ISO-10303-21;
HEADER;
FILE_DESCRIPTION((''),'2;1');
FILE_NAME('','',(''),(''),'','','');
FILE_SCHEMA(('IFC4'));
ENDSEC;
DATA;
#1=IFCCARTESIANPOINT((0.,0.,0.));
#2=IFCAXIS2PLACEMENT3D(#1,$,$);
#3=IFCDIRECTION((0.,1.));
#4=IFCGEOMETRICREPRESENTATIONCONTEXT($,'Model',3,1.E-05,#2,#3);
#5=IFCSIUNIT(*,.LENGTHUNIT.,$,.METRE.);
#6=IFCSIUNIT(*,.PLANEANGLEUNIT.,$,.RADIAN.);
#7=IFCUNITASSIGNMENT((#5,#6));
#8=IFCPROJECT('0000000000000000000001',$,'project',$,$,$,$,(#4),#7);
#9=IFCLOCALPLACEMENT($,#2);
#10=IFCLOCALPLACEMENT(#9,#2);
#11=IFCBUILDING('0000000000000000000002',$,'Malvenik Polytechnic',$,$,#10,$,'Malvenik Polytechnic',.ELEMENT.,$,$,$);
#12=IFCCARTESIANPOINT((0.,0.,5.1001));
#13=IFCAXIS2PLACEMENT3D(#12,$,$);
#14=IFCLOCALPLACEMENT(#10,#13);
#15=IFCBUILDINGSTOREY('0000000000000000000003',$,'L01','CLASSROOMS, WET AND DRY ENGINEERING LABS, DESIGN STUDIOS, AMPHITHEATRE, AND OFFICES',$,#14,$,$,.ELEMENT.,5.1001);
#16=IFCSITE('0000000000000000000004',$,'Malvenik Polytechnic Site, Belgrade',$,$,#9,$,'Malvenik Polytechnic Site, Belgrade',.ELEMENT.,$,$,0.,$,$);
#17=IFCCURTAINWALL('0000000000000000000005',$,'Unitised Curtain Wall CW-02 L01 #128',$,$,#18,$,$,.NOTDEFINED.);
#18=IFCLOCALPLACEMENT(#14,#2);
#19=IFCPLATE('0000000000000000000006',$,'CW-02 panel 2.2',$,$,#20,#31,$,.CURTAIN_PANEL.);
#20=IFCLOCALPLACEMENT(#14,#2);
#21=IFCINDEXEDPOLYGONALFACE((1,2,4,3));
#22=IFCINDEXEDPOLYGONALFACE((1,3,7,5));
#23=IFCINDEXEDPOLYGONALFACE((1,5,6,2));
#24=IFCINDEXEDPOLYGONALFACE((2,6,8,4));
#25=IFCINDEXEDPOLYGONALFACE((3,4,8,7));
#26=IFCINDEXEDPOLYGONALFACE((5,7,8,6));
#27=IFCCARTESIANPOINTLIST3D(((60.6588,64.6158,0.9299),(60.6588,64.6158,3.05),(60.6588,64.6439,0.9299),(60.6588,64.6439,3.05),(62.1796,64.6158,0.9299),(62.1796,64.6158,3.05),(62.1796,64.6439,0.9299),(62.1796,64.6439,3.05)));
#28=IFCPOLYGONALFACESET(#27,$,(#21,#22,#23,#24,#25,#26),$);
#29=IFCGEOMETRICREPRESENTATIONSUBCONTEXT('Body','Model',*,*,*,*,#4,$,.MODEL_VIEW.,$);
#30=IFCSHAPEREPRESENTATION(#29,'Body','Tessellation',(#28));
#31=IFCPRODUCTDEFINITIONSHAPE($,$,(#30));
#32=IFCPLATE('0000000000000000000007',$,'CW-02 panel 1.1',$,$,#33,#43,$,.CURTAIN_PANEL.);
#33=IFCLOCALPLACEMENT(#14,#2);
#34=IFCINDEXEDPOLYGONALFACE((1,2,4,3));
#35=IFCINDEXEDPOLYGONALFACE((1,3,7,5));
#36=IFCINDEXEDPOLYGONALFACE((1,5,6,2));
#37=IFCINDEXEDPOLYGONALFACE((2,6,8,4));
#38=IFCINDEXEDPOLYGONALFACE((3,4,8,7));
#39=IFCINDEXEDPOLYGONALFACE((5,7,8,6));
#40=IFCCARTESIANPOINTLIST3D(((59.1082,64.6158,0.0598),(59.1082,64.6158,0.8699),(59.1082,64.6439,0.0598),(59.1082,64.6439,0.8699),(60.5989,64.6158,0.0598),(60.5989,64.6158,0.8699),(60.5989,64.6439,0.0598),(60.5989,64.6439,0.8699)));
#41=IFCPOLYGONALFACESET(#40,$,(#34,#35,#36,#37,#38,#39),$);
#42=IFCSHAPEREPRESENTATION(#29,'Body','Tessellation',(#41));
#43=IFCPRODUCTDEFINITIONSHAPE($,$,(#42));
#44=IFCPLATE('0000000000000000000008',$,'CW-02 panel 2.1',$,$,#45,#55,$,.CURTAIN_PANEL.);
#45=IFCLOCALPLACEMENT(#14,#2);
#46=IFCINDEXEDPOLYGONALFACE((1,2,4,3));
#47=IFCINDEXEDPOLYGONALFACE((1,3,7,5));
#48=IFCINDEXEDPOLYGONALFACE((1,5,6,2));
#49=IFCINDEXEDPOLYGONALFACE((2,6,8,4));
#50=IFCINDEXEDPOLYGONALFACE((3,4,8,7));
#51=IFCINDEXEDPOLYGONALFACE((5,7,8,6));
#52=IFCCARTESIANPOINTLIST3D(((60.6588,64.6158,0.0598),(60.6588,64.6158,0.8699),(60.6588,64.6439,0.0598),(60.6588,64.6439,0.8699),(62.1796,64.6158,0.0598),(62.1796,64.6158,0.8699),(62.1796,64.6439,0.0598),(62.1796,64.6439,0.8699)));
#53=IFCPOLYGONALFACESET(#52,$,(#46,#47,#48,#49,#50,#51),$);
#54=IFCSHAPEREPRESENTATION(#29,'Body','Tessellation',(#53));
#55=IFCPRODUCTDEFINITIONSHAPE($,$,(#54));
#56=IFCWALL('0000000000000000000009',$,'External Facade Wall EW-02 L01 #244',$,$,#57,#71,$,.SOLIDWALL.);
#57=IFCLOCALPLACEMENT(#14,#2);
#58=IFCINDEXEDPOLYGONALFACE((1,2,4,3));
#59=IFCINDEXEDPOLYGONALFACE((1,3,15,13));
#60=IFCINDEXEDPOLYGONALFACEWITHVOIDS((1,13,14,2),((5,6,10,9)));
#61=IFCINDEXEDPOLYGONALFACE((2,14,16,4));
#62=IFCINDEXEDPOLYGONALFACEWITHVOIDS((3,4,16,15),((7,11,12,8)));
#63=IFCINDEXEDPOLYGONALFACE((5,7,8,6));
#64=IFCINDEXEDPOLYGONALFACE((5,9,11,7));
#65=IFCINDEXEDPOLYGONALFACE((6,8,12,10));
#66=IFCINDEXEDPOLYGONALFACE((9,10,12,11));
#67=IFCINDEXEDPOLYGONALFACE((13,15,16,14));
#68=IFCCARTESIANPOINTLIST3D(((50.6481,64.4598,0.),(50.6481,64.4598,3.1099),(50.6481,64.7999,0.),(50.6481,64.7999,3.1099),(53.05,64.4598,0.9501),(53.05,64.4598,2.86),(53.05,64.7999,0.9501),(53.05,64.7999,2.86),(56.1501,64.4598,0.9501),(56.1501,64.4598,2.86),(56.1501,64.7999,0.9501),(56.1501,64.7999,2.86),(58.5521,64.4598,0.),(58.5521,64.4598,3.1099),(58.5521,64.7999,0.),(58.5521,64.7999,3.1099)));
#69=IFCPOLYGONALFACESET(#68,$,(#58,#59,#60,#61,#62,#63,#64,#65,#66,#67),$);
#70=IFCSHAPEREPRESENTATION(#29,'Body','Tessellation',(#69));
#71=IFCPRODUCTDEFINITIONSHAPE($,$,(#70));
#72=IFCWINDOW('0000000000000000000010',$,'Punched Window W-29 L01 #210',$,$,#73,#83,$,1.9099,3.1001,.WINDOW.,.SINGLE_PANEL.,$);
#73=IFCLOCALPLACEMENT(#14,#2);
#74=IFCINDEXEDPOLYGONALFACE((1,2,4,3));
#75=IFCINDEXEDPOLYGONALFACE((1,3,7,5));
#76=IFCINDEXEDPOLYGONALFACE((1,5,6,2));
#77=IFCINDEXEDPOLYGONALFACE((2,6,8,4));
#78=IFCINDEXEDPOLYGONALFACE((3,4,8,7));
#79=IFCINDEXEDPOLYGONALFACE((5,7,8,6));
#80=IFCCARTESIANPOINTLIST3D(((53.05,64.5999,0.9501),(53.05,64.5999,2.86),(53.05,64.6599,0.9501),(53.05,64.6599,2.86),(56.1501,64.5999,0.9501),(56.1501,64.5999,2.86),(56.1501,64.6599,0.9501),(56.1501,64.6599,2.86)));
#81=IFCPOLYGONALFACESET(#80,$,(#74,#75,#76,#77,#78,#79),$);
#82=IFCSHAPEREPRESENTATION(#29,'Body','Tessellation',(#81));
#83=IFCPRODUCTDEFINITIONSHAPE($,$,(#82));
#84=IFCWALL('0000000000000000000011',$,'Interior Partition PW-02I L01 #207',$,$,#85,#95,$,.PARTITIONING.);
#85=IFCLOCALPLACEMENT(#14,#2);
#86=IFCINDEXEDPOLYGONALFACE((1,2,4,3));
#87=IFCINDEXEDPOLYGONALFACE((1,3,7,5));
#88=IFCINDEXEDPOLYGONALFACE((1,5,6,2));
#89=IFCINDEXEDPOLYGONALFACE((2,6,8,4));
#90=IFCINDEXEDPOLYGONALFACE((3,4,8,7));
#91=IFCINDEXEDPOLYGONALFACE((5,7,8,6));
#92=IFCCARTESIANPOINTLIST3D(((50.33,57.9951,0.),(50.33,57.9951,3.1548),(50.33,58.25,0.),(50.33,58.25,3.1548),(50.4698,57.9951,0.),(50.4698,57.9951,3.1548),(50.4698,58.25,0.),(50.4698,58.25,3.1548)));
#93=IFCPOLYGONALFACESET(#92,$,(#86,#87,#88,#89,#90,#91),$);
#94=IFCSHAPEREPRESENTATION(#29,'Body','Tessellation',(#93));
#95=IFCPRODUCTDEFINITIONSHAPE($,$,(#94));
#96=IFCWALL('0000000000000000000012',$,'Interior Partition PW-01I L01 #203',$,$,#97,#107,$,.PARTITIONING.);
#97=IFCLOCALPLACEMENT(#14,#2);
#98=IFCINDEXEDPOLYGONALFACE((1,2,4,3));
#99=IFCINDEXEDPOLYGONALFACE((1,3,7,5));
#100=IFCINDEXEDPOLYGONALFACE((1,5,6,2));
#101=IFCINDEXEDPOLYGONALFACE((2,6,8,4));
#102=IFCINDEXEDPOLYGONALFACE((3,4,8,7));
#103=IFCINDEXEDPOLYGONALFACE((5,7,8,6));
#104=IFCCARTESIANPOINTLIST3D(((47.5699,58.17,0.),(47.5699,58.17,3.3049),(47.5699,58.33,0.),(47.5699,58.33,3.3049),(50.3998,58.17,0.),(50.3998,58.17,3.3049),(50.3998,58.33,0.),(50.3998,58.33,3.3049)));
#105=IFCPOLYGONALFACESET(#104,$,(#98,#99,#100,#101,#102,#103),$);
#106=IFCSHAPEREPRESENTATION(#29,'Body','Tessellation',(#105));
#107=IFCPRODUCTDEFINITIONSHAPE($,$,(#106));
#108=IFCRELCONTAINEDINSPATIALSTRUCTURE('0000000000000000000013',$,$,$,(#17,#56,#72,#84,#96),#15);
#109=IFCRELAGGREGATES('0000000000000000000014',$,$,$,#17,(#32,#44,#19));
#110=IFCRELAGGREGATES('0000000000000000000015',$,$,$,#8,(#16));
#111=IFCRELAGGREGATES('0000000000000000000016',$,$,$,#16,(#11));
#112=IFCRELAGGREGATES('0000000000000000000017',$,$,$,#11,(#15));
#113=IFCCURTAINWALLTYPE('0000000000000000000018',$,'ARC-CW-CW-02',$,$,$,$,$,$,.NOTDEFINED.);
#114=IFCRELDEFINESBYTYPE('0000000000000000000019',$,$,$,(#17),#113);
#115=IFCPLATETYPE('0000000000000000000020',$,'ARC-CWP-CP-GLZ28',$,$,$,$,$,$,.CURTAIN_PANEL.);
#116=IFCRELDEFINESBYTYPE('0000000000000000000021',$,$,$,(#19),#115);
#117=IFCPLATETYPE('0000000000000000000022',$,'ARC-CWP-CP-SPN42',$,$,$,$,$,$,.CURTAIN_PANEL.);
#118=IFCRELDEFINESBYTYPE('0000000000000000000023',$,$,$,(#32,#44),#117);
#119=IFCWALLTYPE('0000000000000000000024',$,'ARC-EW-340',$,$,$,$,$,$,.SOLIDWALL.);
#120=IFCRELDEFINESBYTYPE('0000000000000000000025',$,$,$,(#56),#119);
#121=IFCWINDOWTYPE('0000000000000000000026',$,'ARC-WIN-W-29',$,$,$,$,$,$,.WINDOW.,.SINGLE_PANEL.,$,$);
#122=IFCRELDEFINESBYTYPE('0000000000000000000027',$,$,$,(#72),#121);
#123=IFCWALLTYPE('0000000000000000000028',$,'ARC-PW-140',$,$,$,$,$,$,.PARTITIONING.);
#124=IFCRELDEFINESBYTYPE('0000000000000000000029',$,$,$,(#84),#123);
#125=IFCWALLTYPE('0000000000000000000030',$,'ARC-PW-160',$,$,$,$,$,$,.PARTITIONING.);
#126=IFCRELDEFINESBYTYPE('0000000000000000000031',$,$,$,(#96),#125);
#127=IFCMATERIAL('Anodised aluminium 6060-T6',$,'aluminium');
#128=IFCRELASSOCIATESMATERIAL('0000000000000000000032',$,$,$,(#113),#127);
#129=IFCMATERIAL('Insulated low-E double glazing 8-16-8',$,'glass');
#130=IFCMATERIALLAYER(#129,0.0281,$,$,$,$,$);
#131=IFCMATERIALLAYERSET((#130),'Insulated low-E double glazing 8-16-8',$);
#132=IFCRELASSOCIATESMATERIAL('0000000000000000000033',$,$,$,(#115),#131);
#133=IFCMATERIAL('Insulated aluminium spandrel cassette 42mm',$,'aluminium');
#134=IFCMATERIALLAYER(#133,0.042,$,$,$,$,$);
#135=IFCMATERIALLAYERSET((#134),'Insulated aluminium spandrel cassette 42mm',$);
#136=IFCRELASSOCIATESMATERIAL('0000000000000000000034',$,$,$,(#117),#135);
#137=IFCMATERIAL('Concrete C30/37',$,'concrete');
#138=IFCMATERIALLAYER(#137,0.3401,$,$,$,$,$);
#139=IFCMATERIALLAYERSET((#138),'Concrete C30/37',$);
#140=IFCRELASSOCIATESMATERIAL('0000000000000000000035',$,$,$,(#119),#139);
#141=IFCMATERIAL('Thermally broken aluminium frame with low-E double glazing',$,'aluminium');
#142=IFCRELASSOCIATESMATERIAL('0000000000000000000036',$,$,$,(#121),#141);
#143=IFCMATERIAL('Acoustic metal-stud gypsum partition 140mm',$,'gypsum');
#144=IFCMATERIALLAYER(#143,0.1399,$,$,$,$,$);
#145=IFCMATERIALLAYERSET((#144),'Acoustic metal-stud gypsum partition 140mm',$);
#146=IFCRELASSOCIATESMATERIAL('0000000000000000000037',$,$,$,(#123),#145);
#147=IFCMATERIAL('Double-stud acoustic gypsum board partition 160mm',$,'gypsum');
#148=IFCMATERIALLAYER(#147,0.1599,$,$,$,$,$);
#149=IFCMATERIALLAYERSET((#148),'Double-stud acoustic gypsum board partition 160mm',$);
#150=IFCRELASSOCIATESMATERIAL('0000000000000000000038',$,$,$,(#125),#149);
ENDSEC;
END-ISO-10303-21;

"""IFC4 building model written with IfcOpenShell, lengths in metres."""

from ifc_helpers import new_model, si_unit, direction, frame, frame_2d, origin, origin_2d, place, context, subcontext, project, spatial, rectangle, extrude, material, layer, layer_set, type_object, element, fill, aggregate, save


model = new_model("IFC4")

# Units and contexts
model_context = context("Model", 3, precision=1e-05, world=origin(), true_north=direction((0.0, 1.0)))
body_context = subcontext(model_context, "Body", "Model", "MODEL_VIEW")
ifc_project = project(units=[si_unit("LENGTHUNIT", "METRE"), si_unit("PLANEANGLEUNIT", "RADIAN")], contexts=[model_context])

# Site, building, storey
site_placement = place(None, origin())
site = spatial("IfcSite", under=ifc_project, at=site_placement, Name="Malvenik Polytechnic Site, Belgrade", LongName="Malvenik Polytechnic Site, Belgrade", CompositionType="ELEMENT", RefElevation=0.0)
building_placement = place(site_placement, origin())
building = spatial("IfcBuilding", under=site, at=building_placement, Name="Malvenik Polytechnic", LongName="Malvenik Polytechnic", CompositionType="ELEMENT")
storey_placement = place(building_placement, frame((0.0, 0.0, 5.1001)))
storey = spatial("IfcBuildingStorey", under=building, at=storey_placement, Name="L01", Description="CLASSROOMS, WET AND DRY ENGINEERING LABS, DESIGN STUDIOS, AMPHITHEATRE, AND OFFICES", CompositionType="ELEMENT", Elevation=5.1001)

# Curtain wall
ifc_material_1 = material(Name="Anodised aluminium 6060-T6", Category="aluminium")
curtain_wall_type = type_object("IfcCurtainWallType", Name="ARC-CW-CW-02", PredefinedType="NOTDEFINED", material=ifc_material_1)
curtain_wall_placement = place(storey_placement, origin())
curtain_wall = element("IfcCurtainWall", 1, at=curtain_wall_placement, inside=storey, type_object=curtain_wall_type, Name="Unitised Curtain Wall CW-02 L01 #128", PredefinedType="NOTDEFINED")

# Shared definitions
ifc_material_2 = material(Name="Concrete C30/37", Category="concrete")

# Plates
ifc_material_3 = material(Name="Insulated low-E double glazing 8-16-8", Category="glass")
ifc_layer_1 = layer(ifc_material_3, 0.0281)
ifc_layer_set_1 = layer_set([ifc_layer_1], Name="Insulated low-E double glazing 8-16-8")
plate_type_1 = type_object("IfcPlateType", Name="ARC-CWP-CP-GLZ28", PredefinedType="CURTAIN_PANEL", material=ifc_layer_set_1)
plate_1_placement = place(storey_placement, frame((61.4192, 64.6299, 0.9299), z_axis=(0.0, 0.0, 1.0), x_axis=(1.0, 0.0, 0.0)))
plate_1 = element("IfcPlate", 2, at=plate_1_placement, type_object=plate_type_1, Name="CW-02 panel 2.2", PredefinedType="CURTAIN_PANEL", context=body_context, shape_type="SweptSolid", body=[
    extrude(rectangle(XDim=1.5208, YDim=0.0281, at=origin_2d()), origin(), (0.0, 0.0, 1.0), 2.1201),
])
ifc_material_4 = material(Name="Insulated aluminium spandrel cassette 42mm", Category="aluminium")
ifc_layer_2 = layer(ifc_material_4, 0.042)
ifc_layer_set_2 = layer_set([ifc_layer_2], Name="Insulated aluminium spandrel cassette 42mm")
plate_type_2 = type_object("IfcPlateType", Name="ARC-CWP-CP-SPN42", PredefinedType="CURTAIN_PANEL", material=ifc_layer_set_2)
plate_2_placement = place(storey_placement, frame((59.8535, 64.6299, 0.0598), z_axis=(0.0, 0.0, 1.0), x_axis=(1.0, 0.0, 0.0)))
plate_2 = element("IfcPlate", 3, at=plate_2_placement, type_object=plate_type_2, Name="CW-02 panel 1.1", PredefinedType="CURTAIN_PANEL", context=body_context, shape_type="SweptSolid", body=[
    extrude(rectangle(XDim=1.4907, YDim=0.0281, at=origin_2d()), origin(), (0.0, 0.0, 1.0), 0.8101),
])
plate_3_placement = place(storey_placement, frame((61.4192, 64.6299, 0.0598), z_axis=(0.0, 0.0, 1.0), x_axis=(1.0, 0.0, 0.0)))
plate_3 = element("IfcPlate", 4, at=plate_3_placement, type_object=plate_type_2, Name="CW-02 panel 2.1", PredefinedType="CURTAIN_PANEL", context=body_context, shape_type="SweptSolid", body=[
    extrude(rectangle(XDim=1.5208, YDim=0.0281, at=origin_2d()), origin(), (0.0, 0.0, 1.0), 0.8101),
])
aggregate(curtain_wall, [plate_2, plate_3, plate_1])

# Wall, opening, window
ifc_layer_3 = layer(ifc_material_2, 0.3401)
ifc_layer_set_3 = layer_set([ifc_layer_3], Name="Concrete C30/37")
wall_type_1 = type_object("IfcWallType", Name="ARC-EW-340", PredefinedType="SOLIDWALL", material=ifc_layer_set_3)
wall_1_placement = place(storey_placement, frame((50.6479, 64.6299, 0.0), z_axis=(0.0, 0.0, 1.0), x_axis=(1.0, 0.0, 0.0)))
wall_1 = element("IfcWall", 5, at=wall_1_placement, inside=storey, type_object=wall_type_1, Name="External Facade Wall EW-02 L01 #244", PredefinedType="SOLIDWALL", context=body_context, shape_type="SweptSolid", body=[
    extrude(rectangle(XDim=7.9041, YDim=0.3401, at=frame_2d((3.9521, 0.0))), origin(), (0.0, 0.0, 1.0), 3.1099),
])
opening_placement = place(wall_1_placement, frame((2.4021, 0.0, 0.95)))
opening = element("IfcOpeningElement", 6, at=opening_placement, cuts=wall_1, PredefinedType="OPENING", context=body_context, shape_type="SweptSolid", body=[
    extrude(rectangle(XDim=3.1001, YDim=1.9099, at=frame_2d((1.55, 0.9551))), frame((0.0, 0.1802, 0.0), z_axis=(0.0, -1.0, 0.0), x_axis=(1.0, 0.0, 0.0)), (0.0, 0.0, 1.0), 0.3601),
])
ifc_material_5 = material(Name="Thermally broken aluminium frame with low-E double glazing", Category="aluminium")
window_type = type_object("IfcWindowType", Name="ARC-WIN-W-29", PartitioningType="SINGLE_PANEL", PredefinedType="WINDOW", material=ifc_material_5)
window_placement = place(opening_placement, origin())
window = element("IfcWindow", 7, at=window_placement, inside=storey, type_object=window_type, Name="Punched Window W-29 L01 #210", OverallHeight=1.9099, OverallWidth=3.1001, PartitioningType="SINGLE_PANEL", PredefinedType="WINDOW", context=body_context, shape_type="SweptSolid", body=[
    extrude(rectangle(XDim=3.1001, YDim=1.9099, at=frame_2d((1.55, 0.9551))), frame((0.0, 0.03, 0.0), z_axis=(0.0, -1.0, 0.0), x_axis=(1.0, 0.0, 0.0)), (0.0, 0.0, 1.0), 0.0601),
])
fill(opening, window)

# Walls
ifc_material_6 = material(Name="Acoustic metal-stud gypsum partition 140mm", Category="gypsum")
ifc_layer_4 = layer(ifc_material_6, 0.1399)
ifc_layer_set_4 = layer_set([ifc_layer_4], Name="Acoustic metal-stud gypsum partition 140mm")
wall_type_2 = type_object("IfcWallType", Name="ARC-PW-140", PredefinedType="PARTITIONING", material=ifc_layer_set_4)
wall_2_placement = place(storey_placement, frame((50.3999, 57.9951, 0.0), z_axis=(0.0, 0.0, 1.0), x_axis=(0.0, 1.0, 0.0)))
element("IfcWall", 8, at=wall_2_placement, inside=storey, type_object=wall_type_2, Name="Interior Partition PW-02I L01 #207", PredefinedType="PARTITIONING", context=body_context, shape_type="SweptSolid", body=[
    extrude(rectangle(XDim=0.2549, YDim=0.1399, at=frame_2d((0.1274, 0.0))), origin(), (0.0, 0.0, 1.0), 3.1548),
])
ifc_material_7 = material(Name="Double-stud acoustic gypsum board partition 160mm", Category="gypsum")
ifc_layer_5 = layer(ifc_material_7, 0.1599)
ifc_layer_set_5 = layer_set([ifc_layer_5], Name="Double-stud acoustic gypsum board partition 160mm")
wall_type_3 = type_object("IfcWallType", Name="ARC-PW-160", PredefinedType="PARTITIONING", material=ifc_layer_set_5)
wall_3_placement = place(storey_placement, frame((50.3999, 58.25, 0.0), z_axis=(0.0, 0.0, 1.0), x_axis=(-1.0, 0.0, 0.0)))
element("IfcWall", 9, at=wall_3_placement, inside=storey, type_object=wall_type_3, Name="Interior Partition PW-01I L01 #203", PredefinedType="PARTITIONING", context=body_context, shape_type="SweptSolid", body=[
    extrude(rectangle(XDim=2.8298, YDim=0.1599, at=frame_2d((1.415, 0.0))), origin(), (0.0, 0.0, 1.0), 3.3049),
])

save(model, "model.ifc")
